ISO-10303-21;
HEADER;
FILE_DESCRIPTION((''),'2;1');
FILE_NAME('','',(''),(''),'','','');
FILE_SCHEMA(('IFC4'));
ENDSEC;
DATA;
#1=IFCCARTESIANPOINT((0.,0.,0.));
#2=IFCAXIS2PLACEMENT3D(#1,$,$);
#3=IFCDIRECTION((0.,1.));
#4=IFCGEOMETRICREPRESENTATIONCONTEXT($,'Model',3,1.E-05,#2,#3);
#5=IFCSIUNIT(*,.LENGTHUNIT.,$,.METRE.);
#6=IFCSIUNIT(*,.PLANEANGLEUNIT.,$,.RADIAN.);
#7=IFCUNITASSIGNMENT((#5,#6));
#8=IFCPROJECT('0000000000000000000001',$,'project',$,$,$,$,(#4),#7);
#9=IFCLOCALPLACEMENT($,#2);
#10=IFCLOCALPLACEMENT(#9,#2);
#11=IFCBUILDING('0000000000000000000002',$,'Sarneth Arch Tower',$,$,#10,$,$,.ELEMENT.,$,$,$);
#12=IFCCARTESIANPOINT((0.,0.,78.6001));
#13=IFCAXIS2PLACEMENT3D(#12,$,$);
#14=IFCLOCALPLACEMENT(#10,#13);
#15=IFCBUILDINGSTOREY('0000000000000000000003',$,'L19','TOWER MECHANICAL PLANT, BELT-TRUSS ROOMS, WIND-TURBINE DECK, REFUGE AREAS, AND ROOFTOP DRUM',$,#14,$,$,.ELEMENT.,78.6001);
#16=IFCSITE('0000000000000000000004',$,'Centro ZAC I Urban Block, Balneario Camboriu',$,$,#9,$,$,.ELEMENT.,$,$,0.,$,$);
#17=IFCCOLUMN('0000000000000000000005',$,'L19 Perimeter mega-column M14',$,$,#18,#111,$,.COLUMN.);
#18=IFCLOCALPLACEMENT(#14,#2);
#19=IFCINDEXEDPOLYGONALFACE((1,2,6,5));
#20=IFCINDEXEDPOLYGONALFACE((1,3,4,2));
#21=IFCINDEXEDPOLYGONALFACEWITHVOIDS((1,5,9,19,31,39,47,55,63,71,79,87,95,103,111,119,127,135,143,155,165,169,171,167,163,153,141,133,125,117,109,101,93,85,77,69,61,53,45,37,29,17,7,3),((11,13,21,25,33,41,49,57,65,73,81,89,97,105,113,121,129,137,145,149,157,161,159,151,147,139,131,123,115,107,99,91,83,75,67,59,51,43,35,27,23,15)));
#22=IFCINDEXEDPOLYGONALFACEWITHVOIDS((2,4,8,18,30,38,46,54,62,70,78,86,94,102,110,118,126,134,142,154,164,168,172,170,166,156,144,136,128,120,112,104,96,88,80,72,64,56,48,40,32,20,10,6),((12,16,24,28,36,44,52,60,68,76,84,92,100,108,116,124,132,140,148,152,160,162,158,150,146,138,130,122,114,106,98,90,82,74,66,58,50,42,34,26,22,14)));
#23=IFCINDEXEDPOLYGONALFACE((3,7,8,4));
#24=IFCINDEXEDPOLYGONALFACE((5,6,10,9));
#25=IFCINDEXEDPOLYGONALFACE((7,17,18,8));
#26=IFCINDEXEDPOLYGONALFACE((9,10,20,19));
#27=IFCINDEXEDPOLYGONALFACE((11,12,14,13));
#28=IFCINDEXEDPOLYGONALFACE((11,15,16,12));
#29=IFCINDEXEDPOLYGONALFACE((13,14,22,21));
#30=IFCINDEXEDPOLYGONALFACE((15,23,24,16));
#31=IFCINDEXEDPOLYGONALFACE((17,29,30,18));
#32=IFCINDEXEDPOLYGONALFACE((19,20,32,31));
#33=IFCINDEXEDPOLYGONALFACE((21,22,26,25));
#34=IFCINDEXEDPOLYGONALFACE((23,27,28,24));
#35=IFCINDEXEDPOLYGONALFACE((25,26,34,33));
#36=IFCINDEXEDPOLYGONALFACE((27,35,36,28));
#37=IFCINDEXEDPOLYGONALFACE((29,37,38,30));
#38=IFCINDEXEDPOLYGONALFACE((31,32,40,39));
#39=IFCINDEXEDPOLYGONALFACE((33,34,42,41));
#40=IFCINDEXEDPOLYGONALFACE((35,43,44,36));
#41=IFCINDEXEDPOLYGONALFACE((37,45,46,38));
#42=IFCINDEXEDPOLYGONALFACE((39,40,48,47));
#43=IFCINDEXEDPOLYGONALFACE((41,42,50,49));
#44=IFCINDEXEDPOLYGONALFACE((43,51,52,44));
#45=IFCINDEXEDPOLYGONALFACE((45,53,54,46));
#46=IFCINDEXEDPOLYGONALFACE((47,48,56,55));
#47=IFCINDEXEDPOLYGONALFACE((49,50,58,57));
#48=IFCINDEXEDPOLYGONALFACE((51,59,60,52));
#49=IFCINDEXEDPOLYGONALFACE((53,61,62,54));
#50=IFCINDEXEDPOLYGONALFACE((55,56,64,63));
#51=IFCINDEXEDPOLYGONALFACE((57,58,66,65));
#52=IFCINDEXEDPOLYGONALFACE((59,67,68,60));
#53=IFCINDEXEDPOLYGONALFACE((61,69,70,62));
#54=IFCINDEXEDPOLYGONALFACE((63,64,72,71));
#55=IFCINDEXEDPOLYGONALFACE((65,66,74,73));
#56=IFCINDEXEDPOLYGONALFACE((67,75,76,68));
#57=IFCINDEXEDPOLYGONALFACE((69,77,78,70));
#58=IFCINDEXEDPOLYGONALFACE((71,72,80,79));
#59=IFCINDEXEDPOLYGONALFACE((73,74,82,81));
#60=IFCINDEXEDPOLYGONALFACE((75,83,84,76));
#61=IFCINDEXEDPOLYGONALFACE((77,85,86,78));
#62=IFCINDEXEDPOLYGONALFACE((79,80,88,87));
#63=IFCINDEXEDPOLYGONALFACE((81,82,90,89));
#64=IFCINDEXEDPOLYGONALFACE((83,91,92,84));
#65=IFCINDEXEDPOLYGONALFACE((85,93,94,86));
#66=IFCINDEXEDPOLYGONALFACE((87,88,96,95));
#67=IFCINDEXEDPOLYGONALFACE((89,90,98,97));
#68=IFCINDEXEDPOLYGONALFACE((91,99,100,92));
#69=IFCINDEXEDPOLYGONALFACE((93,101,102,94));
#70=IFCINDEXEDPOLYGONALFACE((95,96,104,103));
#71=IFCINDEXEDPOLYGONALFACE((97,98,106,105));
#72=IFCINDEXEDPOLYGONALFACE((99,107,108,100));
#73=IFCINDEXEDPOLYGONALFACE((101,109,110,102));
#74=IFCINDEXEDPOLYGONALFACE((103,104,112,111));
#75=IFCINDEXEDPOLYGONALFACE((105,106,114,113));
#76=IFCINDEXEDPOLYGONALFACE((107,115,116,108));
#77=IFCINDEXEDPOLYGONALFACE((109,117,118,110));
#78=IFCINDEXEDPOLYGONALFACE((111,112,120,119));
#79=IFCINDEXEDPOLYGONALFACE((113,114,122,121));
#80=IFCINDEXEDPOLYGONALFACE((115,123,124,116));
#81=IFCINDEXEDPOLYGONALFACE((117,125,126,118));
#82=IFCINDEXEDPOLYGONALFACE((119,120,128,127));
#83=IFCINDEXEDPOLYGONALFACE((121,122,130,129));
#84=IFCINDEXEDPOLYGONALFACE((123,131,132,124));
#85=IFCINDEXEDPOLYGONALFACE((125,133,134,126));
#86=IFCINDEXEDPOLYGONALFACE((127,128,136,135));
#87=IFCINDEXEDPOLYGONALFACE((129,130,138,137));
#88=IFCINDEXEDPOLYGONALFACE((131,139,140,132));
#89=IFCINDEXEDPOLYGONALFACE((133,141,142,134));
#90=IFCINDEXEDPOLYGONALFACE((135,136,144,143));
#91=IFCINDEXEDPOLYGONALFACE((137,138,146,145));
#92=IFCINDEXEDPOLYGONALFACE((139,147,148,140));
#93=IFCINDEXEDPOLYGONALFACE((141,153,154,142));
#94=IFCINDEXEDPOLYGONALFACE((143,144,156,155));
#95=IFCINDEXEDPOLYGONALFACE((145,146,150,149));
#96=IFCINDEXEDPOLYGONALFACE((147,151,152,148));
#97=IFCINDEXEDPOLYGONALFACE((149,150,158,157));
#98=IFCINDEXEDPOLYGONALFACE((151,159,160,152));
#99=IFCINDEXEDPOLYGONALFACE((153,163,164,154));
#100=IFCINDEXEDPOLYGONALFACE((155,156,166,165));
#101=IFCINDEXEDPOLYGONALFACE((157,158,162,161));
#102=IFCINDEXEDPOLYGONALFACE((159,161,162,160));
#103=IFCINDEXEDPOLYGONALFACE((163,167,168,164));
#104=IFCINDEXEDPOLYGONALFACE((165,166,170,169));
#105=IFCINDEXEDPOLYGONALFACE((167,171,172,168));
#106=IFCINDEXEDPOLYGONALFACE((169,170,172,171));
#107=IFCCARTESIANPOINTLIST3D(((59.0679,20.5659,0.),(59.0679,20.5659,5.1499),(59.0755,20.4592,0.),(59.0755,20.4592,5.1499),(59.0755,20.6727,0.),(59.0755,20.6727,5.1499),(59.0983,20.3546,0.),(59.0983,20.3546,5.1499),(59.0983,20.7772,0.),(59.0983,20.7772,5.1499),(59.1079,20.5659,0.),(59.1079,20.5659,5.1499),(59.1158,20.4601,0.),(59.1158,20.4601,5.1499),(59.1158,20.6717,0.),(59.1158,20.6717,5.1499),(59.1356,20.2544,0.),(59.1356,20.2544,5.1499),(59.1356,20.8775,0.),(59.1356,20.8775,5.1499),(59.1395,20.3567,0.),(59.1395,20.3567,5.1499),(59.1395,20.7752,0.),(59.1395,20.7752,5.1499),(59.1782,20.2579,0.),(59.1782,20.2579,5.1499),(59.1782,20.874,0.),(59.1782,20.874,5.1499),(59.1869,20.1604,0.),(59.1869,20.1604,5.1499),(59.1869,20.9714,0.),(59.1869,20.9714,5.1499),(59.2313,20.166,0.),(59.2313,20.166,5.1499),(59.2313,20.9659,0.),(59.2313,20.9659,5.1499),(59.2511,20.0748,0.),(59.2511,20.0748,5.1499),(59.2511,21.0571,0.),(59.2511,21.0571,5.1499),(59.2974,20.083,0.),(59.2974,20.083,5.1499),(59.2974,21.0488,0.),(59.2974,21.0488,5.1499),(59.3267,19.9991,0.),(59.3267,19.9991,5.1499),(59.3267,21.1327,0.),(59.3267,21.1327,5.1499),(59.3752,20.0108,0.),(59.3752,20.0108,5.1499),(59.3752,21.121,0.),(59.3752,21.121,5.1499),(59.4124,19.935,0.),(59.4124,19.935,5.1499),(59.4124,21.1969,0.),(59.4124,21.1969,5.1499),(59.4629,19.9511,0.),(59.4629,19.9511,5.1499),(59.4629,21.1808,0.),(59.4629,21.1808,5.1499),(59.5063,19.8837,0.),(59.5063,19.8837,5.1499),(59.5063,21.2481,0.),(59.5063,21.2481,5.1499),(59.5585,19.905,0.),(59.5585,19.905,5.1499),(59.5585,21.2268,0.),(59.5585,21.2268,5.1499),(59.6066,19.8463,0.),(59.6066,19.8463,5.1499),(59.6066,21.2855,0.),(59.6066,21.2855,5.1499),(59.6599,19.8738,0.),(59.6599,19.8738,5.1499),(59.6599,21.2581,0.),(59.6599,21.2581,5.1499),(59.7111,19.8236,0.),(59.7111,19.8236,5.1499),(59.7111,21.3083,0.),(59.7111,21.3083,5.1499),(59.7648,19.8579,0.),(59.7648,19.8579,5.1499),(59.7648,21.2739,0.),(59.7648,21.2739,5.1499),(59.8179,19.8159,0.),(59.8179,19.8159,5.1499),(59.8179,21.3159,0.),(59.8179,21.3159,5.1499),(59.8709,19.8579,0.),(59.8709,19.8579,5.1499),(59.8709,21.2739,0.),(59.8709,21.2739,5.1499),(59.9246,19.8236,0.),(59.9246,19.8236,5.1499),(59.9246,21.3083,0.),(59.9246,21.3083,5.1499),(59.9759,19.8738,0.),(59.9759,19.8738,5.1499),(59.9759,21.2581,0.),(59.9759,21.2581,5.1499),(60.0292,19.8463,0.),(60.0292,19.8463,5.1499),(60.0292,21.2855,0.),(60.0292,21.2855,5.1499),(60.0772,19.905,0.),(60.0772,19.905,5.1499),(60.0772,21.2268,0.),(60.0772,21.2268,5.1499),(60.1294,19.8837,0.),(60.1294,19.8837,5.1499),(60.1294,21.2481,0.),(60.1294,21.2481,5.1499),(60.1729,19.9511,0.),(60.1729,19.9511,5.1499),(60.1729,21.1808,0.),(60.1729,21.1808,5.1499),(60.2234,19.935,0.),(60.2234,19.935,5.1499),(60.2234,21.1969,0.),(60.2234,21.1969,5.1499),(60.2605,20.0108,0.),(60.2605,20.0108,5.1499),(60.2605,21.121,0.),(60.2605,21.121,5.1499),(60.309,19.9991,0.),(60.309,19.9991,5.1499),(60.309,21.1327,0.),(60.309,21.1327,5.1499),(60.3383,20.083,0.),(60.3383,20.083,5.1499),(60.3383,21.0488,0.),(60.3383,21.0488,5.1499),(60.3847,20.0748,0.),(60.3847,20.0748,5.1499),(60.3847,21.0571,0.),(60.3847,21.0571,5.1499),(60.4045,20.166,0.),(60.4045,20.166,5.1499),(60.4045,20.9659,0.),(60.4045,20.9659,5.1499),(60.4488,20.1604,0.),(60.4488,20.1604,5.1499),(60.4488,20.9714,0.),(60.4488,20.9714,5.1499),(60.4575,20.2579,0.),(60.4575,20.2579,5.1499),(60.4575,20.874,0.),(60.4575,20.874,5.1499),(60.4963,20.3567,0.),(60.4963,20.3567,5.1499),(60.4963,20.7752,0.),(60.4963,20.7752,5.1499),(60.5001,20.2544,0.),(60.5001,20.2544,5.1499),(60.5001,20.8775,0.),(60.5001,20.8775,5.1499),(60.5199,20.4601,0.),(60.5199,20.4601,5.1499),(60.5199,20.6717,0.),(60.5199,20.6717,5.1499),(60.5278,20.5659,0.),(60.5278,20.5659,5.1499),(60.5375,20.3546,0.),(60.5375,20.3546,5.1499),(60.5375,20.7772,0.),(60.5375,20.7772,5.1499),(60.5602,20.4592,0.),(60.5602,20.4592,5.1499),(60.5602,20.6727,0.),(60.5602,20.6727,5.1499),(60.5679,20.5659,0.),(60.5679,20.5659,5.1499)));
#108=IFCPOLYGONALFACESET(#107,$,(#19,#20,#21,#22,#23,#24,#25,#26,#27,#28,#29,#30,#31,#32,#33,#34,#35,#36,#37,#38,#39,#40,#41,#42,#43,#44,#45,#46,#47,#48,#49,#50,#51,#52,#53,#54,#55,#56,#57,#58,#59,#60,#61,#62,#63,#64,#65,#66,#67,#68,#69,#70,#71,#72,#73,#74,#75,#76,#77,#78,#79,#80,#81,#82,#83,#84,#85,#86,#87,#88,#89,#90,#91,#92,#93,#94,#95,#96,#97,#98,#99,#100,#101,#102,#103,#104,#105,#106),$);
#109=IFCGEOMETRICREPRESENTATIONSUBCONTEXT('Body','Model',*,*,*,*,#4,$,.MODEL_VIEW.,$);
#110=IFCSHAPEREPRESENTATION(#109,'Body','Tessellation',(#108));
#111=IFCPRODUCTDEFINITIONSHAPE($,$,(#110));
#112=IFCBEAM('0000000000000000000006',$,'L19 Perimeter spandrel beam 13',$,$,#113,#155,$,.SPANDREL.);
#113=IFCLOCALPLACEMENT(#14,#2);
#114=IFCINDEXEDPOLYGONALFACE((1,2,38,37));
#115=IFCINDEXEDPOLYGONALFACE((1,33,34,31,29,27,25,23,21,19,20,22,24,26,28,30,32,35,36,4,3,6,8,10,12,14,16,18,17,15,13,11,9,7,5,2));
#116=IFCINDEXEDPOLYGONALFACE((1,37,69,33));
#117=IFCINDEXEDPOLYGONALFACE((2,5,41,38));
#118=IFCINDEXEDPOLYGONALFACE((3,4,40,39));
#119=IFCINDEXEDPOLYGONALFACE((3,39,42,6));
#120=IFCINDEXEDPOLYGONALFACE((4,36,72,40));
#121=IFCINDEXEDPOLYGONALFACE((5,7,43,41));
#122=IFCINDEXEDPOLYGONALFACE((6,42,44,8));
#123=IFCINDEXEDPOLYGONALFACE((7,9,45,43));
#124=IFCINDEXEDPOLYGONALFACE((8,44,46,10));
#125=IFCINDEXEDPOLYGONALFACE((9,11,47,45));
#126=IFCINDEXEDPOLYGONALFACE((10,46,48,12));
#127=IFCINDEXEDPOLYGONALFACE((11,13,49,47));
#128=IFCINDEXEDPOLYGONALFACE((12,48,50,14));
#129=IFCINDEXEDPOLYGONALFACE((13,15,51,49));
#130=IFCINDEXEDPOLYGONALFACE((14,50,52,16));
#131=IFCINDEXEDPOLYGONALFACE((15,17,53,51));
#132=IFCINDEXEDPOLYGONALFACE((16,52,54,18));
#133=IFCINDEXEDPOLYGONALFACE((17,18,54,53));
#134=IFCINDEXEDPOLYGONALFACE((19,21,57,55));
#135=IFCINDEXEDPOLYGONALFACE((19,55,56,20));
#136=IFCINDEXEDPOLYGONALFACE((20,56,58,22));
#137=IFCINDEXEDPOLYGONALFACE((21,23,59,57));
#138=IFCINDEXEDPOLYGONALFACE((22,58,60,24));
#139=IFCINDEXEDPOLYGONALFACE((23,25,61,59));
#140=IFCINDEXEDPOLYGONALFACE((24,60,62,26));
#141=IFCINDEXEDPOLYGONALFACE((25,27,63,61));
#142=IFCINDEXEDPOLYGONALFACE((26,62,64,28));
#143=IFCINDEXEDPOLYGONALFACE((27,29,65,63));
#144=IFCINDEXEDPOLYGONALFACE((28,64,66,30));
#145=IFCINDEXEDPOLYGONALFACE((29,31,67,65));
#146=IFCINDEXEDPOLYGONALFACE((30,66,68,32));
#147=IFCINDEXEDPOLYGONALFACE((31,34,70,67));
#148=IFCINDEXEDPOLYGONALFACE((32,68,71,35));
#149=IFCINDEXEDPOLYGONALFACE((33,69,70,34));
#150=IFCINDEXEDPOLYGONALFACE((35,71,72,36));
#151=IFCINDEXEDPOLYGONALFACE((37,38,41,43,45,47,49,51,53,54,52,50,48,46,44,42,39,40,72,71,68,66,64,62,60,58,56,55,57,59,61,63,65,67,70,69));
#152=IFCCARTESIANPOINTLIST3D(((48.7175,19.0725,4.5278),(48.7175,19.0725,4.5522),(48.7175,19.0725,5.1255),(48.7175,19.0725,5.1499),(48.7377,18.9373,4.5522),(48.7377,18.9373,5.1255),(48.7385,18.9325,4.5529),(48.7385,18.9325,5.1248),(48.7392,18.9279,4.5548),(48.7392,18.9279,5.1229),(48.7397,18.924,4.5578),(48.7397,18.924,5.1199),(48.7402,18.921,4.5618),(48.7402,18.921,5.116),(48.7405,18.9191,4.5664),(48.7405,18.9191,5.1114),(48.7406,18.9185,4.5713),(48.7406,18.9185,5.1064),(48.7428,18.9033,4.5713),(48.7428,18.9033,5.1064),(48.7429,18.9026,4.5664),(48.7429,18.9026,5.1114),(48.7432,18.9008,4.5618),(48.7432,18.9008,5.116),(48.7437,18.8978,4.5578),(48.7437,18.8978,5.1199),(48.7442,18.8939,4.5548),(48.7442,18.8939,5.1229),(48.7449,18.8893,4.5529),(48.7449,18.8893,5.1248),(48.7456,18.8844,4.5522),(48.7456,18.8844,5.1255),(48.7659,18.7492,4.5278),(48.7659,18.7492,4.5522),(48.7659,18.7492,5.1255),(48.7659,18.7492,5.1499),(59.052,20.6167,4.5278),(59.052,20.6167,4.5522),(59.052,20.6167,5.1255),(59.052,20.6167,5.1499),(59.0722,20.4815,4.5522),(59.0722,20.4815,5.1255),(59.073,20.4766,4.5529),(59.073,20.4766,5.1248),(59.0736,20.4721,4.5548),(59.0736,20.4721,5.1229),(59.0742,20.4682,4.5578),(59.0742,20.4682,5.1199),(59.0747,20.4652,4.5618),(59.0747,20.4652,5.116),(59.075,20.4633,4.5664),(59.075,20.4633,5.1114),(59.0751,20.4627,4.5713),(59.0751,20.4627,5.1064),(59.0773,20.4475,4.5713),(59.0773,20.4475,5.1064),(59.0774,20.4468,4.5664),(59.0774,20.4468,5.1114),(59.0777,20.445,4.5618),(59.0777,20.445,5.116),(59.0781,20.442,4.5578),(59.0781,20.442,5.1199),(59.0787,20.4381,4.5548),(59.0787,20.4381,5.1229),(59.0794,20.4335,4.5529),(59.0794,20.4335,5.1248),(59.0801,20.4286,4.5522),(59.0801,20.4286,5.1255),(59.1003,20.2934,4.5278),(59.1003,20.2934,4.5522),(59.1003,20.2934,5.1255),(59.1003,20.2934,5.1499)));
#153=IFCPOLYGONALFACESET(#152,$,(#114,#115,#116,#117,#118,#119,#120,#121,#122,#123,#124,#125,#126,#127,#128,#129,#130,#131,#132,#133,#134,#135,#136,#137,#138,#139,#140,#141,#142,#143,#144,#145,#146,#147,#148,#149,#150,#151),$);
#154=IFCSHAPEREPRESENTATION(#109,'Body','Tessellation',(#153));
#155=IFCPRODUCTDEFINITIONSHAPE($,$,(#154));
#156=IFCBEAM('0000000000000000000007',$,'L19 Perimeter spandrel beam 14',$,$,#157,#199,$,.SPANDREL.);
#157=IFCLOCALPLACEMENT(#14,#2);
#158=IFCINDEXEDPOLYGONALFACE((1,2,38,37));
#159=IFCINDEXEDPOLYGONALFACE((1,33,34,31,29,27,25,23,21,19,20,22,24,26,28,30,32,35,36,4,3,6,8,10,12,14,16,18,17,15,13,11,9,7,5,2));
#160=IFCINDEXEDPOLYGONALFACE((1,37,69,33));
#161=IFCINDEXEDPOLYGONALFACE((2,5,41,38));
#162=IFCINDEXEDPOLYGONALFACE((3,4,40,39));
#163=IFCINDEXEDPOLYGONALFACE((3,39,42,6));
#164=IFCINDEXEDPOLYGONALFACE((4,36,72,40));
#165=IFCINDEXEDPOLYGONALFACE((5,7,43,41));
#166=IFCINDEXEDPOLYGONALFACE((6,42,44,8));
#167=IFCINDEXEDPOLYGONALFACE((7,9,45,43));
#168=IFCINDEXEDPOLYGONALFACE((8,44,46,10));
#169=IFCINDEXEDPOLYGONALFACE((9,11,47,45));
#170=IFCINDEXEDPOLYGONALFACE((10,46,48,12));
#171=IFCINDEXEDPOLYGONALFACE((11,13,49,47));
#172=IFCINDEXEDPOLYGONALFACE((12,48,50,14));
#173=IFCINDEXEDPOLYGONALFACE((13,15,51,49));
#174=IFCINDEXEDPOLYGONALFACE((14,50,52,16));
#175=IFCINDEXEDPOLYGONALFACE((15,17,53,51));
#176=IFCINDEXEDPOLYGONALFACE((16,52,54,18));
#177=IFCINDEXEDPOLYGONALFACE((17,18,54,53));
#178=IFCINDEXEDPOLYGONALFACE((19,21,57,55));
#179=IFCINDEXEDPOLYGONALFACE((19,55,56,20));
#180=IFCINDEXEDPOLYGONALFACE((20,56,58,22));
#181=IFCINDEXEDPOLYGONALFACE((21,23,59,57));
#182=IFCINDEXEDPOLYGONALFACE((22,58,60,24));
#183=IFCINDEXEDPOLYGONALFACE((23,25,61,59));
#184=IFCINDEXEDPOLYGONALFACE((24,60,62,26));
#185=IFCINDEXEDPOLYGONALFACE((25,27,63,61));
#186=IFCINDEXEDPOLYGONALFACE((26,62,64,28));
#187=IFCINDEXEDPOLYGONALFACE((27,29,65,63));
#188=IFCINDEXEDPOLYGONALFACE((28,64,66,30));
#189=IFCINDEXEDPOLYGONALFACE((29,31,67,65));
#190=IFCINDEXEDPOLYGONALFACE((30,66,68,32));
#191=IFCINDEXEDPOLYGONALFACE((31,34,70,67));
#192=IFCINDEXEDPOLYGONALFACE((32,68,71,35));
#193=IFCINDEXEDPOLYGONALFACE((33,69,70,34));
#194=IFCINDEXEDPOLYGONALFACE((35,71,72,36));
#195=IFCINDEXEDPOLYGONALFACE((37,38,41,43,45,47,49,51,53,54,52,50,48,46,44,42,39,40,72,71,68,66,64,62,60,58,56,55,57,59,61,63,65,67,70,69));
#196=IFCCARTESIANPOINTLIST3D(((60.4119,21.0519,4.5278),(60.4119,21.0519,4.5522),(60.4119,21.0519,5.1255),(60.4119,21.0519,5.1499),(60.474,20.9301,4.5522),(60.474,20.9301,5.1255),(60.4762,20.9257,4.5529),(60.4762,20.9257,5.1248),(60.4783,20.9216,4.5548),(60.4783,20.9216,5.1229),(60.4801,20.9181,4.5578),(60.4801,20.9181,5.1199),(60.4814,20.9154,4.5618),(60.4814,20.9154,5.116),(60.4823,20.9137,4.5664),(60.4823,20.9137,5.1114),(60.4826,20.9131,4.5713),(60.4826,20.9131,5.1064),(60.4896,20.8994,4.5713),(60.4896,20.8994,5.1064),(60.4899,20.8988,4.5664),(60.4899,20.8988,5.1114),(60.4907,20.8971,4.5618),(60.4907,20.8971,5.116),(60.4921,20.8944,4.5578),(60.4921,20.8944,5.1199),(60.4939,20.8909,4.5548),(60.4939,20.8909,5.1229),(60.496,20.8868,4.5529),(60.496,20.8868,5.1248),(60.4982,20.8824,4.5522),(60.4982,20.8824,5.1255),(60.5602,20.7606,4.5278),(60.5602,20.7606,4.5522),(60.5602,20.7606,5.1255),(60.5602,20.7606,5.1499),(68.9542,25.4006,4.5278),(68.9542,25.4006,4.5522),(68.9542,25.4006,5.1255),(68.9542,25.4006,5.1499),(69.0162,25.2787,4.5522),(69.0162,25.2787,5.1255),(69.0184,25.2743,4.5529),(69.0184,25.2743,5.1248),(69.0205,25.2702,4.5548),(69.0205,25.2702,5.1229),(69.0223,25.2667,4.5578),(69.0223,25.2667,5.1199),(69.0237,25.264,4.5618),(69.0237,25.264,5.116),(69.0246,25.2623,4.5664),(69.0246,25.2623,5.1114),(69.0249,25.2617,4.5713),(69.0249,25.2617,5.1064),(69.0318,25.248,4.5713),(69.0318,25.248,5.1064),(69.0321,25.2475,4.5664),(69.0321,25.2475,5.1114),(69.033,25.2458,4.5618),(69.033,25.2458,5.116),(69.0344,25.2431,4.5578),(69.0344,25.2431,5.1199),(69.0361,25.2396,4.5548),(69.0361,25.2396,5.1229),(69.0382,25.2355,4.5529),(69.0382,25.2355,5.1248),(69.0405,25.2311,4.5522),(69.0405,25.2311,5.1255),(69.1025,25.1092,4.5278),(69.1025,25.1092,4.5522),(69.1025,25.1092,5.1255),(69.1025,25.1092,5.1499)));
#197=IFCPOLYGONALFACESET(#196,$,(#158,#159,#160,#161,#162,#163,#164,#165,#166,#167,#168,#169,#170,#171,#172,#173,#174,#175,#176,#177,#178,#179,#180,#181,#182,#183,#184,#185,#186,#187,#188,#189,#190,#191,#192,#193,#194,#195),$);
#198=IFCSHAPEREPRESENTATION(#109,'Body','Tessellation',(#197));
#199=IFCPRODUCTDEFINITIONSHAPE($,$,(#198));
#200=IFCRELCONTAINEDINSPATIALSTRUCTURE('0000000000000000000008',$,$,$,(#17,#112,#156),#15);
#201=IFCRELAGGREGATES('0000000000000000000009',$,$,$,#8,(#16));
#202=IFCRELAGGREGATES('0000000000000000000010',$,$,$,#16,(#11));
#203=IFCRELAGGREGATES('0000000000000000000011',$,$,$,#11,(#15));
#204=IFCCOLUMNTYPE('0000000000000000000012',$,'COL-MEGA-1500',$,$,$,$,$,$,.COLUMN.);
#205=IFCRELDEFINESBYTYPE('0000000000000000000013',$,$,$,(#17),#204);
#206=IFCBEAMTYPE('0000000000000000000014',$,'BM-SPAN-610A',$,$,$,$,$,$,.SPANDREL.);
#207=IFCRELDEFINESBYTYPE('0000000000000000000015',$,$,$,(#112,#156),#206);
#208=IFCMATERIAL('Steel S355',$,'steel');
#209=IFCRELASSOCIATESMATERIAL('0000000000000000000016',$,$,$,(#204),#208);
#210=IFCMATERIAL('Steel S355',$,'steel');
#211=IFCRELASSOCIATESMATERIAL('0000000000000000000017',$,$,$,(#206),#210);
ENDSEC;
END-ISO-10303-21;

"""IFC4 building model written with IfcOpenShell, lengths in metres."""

from ifc_helpers import new_model, si_unit, direction, frame, origin, origin_2d, place, context, subcontext, project, spatial, hollow_circle, i_section, extrude, material, material_profile, profile_set, type_object, element, save


model = new_model("IFC4")

# Units and contexts
model_context = context("Model", 3, precision=1e-05, world=origin(), true_north=direction((0.0, 1.0)))
body_context = subcontext(model_context, "Body", "Model", "MODEL_VIEW")
ifc_project = project(units=[si_unit("LENGTHUNIT", "METRE"), si_unit("PLANEANGLEUNIT", "RADIAN")], contexts=[model_context])

# Site, building, storey
site_placement = place(None, origin())
site = spatial("IfcSite", under=ifc_project, at=site_placement, Name="Centro ZAC I Urban Block, Balneario Camboriu", CompositionType="ELEMENT", RefElevation=0.0)
building_placement = place(site_placement, origin())
building = spatial("IfcBuilding", under=site, at=building_placement, Name="Sarneth Arch Tower", CompositionType="ELEMENT")
storey_placement = place(building_placement, frame((0.0, 0.0, 78.6001)))
storey = spatial("IfcBuildingStorey", under=building, at=storey_placement, Name="L19", Description="TOWER MECHANICAL PLANT, BELT-TRUSS ROOMS, WIND-TURBINE DECK, REFUGE AREAS, AND ROOFTOP DRUM", CompositionType="ELEMENT", Elevation=78.6001)

# Column
ifc_material_1 = material(Name="Steel S355", Category="steel")
ifc_material_profile_1 = material_profile(ifc_material_1, hollow_circle(Radius=0.75, WallThickness=0.04, at=origin_2d()), Name="CHS1500x40")
ifc_profile_set_1 = profile_set([ifc_material_profile_1], Name="Steel S355")
column_type = type_object("IfcColumnType", Name="COL-MEGA-1500", PredefinedType="COLUMN", material=ifc_profile_set_1)
column_placement = place(storey_placement, frame((59.8179, 20.5659, 0.0), z_axis=(0.0, 0.0, 1.0), x_axis=(1.0, 0.0, 0.0)))
element("IfcColumn", 1, at=column_placement, inside=storey, type_object=column_type, Name="L19 Perimeter mega-column M14", PredefinedType="COLUMN", context=body_context, shape_type="SweptSolid", body=[
    extrude(hollow_circle(Radius=0.75, WallThickness=0.04, at=origin_2d()), origin(), (0.0, 0.0, 1.0), 5.1499),
])

# Beams
ifc_material_2 = material(Name="Steel S355", Category="steel")
ifc_material_profile_2 = material_profile(ifc_material_2, i_section(OverallWidth=0.3269, OverallDepth=0.6221, WebThickness=0.0154, FlangeThickness=0.0244, FilletRadius=0.019, at=origin_2d()), Name="W610x195")
ifc_profile_set_2 = profile_set([ifc_material_profile_2], Name="Steel S355")
beam_type = type_object("IfcBeamType", Name="BM-SPAN-610A", PredefinedType="SPANDREL", material=ifc_profile_set_2)
beam_1_placement = place(storey_placement, frame((48.7417, 18.9109, 4.8389), z_axis=(0.98902, 0.147781, 0.0), x_axis=(-0.147781, 0.98902, 0.0)))
element("IfcBeam", 2, at=beam_1_placement, inside=storey, type_object=beam_type, Name="L19 Perimeter spandrel beam 13", PredefinedType="SPANDREL", context=body_context, shape_type="SweptSolid", body=[
    extrude(i_section(OverallWidth=0.3269, OverallDepth=0.6221, WebThickness=0.0154, FlangeThickness=0.0244, FilletRadius=0.019, at=origin_2d()), origin(), (0.0, 0.0, 1.0), 10.4492),
])
beam_2_placement = place(storey_placement, frame((60.4861, 20.9062, 4.8389), z_axis=(0.891169, 0.453671, 0.0), x_axis=(-0.453671, 0.891169, 0.0)))
element("IfcBeam", 3, at=beam_2_placement, inside=storey, type_object=beam_type, Name="L19 Perimeter spandrel beam 14", PredefinedType="SPANDREL", context=body_context, shape_type="SweptSolid", body=[
    extrude(i_section(OverallWidth=0.3269, OverallDepth=0.6221, WebThickness=0.0154, FlangeThickness=0.0244, FilletRadius=0.019, at=origin_2d()), origin(), (0.0, 0.0, 1.0), 9.5854),
])

save(model, "model.ifc")
